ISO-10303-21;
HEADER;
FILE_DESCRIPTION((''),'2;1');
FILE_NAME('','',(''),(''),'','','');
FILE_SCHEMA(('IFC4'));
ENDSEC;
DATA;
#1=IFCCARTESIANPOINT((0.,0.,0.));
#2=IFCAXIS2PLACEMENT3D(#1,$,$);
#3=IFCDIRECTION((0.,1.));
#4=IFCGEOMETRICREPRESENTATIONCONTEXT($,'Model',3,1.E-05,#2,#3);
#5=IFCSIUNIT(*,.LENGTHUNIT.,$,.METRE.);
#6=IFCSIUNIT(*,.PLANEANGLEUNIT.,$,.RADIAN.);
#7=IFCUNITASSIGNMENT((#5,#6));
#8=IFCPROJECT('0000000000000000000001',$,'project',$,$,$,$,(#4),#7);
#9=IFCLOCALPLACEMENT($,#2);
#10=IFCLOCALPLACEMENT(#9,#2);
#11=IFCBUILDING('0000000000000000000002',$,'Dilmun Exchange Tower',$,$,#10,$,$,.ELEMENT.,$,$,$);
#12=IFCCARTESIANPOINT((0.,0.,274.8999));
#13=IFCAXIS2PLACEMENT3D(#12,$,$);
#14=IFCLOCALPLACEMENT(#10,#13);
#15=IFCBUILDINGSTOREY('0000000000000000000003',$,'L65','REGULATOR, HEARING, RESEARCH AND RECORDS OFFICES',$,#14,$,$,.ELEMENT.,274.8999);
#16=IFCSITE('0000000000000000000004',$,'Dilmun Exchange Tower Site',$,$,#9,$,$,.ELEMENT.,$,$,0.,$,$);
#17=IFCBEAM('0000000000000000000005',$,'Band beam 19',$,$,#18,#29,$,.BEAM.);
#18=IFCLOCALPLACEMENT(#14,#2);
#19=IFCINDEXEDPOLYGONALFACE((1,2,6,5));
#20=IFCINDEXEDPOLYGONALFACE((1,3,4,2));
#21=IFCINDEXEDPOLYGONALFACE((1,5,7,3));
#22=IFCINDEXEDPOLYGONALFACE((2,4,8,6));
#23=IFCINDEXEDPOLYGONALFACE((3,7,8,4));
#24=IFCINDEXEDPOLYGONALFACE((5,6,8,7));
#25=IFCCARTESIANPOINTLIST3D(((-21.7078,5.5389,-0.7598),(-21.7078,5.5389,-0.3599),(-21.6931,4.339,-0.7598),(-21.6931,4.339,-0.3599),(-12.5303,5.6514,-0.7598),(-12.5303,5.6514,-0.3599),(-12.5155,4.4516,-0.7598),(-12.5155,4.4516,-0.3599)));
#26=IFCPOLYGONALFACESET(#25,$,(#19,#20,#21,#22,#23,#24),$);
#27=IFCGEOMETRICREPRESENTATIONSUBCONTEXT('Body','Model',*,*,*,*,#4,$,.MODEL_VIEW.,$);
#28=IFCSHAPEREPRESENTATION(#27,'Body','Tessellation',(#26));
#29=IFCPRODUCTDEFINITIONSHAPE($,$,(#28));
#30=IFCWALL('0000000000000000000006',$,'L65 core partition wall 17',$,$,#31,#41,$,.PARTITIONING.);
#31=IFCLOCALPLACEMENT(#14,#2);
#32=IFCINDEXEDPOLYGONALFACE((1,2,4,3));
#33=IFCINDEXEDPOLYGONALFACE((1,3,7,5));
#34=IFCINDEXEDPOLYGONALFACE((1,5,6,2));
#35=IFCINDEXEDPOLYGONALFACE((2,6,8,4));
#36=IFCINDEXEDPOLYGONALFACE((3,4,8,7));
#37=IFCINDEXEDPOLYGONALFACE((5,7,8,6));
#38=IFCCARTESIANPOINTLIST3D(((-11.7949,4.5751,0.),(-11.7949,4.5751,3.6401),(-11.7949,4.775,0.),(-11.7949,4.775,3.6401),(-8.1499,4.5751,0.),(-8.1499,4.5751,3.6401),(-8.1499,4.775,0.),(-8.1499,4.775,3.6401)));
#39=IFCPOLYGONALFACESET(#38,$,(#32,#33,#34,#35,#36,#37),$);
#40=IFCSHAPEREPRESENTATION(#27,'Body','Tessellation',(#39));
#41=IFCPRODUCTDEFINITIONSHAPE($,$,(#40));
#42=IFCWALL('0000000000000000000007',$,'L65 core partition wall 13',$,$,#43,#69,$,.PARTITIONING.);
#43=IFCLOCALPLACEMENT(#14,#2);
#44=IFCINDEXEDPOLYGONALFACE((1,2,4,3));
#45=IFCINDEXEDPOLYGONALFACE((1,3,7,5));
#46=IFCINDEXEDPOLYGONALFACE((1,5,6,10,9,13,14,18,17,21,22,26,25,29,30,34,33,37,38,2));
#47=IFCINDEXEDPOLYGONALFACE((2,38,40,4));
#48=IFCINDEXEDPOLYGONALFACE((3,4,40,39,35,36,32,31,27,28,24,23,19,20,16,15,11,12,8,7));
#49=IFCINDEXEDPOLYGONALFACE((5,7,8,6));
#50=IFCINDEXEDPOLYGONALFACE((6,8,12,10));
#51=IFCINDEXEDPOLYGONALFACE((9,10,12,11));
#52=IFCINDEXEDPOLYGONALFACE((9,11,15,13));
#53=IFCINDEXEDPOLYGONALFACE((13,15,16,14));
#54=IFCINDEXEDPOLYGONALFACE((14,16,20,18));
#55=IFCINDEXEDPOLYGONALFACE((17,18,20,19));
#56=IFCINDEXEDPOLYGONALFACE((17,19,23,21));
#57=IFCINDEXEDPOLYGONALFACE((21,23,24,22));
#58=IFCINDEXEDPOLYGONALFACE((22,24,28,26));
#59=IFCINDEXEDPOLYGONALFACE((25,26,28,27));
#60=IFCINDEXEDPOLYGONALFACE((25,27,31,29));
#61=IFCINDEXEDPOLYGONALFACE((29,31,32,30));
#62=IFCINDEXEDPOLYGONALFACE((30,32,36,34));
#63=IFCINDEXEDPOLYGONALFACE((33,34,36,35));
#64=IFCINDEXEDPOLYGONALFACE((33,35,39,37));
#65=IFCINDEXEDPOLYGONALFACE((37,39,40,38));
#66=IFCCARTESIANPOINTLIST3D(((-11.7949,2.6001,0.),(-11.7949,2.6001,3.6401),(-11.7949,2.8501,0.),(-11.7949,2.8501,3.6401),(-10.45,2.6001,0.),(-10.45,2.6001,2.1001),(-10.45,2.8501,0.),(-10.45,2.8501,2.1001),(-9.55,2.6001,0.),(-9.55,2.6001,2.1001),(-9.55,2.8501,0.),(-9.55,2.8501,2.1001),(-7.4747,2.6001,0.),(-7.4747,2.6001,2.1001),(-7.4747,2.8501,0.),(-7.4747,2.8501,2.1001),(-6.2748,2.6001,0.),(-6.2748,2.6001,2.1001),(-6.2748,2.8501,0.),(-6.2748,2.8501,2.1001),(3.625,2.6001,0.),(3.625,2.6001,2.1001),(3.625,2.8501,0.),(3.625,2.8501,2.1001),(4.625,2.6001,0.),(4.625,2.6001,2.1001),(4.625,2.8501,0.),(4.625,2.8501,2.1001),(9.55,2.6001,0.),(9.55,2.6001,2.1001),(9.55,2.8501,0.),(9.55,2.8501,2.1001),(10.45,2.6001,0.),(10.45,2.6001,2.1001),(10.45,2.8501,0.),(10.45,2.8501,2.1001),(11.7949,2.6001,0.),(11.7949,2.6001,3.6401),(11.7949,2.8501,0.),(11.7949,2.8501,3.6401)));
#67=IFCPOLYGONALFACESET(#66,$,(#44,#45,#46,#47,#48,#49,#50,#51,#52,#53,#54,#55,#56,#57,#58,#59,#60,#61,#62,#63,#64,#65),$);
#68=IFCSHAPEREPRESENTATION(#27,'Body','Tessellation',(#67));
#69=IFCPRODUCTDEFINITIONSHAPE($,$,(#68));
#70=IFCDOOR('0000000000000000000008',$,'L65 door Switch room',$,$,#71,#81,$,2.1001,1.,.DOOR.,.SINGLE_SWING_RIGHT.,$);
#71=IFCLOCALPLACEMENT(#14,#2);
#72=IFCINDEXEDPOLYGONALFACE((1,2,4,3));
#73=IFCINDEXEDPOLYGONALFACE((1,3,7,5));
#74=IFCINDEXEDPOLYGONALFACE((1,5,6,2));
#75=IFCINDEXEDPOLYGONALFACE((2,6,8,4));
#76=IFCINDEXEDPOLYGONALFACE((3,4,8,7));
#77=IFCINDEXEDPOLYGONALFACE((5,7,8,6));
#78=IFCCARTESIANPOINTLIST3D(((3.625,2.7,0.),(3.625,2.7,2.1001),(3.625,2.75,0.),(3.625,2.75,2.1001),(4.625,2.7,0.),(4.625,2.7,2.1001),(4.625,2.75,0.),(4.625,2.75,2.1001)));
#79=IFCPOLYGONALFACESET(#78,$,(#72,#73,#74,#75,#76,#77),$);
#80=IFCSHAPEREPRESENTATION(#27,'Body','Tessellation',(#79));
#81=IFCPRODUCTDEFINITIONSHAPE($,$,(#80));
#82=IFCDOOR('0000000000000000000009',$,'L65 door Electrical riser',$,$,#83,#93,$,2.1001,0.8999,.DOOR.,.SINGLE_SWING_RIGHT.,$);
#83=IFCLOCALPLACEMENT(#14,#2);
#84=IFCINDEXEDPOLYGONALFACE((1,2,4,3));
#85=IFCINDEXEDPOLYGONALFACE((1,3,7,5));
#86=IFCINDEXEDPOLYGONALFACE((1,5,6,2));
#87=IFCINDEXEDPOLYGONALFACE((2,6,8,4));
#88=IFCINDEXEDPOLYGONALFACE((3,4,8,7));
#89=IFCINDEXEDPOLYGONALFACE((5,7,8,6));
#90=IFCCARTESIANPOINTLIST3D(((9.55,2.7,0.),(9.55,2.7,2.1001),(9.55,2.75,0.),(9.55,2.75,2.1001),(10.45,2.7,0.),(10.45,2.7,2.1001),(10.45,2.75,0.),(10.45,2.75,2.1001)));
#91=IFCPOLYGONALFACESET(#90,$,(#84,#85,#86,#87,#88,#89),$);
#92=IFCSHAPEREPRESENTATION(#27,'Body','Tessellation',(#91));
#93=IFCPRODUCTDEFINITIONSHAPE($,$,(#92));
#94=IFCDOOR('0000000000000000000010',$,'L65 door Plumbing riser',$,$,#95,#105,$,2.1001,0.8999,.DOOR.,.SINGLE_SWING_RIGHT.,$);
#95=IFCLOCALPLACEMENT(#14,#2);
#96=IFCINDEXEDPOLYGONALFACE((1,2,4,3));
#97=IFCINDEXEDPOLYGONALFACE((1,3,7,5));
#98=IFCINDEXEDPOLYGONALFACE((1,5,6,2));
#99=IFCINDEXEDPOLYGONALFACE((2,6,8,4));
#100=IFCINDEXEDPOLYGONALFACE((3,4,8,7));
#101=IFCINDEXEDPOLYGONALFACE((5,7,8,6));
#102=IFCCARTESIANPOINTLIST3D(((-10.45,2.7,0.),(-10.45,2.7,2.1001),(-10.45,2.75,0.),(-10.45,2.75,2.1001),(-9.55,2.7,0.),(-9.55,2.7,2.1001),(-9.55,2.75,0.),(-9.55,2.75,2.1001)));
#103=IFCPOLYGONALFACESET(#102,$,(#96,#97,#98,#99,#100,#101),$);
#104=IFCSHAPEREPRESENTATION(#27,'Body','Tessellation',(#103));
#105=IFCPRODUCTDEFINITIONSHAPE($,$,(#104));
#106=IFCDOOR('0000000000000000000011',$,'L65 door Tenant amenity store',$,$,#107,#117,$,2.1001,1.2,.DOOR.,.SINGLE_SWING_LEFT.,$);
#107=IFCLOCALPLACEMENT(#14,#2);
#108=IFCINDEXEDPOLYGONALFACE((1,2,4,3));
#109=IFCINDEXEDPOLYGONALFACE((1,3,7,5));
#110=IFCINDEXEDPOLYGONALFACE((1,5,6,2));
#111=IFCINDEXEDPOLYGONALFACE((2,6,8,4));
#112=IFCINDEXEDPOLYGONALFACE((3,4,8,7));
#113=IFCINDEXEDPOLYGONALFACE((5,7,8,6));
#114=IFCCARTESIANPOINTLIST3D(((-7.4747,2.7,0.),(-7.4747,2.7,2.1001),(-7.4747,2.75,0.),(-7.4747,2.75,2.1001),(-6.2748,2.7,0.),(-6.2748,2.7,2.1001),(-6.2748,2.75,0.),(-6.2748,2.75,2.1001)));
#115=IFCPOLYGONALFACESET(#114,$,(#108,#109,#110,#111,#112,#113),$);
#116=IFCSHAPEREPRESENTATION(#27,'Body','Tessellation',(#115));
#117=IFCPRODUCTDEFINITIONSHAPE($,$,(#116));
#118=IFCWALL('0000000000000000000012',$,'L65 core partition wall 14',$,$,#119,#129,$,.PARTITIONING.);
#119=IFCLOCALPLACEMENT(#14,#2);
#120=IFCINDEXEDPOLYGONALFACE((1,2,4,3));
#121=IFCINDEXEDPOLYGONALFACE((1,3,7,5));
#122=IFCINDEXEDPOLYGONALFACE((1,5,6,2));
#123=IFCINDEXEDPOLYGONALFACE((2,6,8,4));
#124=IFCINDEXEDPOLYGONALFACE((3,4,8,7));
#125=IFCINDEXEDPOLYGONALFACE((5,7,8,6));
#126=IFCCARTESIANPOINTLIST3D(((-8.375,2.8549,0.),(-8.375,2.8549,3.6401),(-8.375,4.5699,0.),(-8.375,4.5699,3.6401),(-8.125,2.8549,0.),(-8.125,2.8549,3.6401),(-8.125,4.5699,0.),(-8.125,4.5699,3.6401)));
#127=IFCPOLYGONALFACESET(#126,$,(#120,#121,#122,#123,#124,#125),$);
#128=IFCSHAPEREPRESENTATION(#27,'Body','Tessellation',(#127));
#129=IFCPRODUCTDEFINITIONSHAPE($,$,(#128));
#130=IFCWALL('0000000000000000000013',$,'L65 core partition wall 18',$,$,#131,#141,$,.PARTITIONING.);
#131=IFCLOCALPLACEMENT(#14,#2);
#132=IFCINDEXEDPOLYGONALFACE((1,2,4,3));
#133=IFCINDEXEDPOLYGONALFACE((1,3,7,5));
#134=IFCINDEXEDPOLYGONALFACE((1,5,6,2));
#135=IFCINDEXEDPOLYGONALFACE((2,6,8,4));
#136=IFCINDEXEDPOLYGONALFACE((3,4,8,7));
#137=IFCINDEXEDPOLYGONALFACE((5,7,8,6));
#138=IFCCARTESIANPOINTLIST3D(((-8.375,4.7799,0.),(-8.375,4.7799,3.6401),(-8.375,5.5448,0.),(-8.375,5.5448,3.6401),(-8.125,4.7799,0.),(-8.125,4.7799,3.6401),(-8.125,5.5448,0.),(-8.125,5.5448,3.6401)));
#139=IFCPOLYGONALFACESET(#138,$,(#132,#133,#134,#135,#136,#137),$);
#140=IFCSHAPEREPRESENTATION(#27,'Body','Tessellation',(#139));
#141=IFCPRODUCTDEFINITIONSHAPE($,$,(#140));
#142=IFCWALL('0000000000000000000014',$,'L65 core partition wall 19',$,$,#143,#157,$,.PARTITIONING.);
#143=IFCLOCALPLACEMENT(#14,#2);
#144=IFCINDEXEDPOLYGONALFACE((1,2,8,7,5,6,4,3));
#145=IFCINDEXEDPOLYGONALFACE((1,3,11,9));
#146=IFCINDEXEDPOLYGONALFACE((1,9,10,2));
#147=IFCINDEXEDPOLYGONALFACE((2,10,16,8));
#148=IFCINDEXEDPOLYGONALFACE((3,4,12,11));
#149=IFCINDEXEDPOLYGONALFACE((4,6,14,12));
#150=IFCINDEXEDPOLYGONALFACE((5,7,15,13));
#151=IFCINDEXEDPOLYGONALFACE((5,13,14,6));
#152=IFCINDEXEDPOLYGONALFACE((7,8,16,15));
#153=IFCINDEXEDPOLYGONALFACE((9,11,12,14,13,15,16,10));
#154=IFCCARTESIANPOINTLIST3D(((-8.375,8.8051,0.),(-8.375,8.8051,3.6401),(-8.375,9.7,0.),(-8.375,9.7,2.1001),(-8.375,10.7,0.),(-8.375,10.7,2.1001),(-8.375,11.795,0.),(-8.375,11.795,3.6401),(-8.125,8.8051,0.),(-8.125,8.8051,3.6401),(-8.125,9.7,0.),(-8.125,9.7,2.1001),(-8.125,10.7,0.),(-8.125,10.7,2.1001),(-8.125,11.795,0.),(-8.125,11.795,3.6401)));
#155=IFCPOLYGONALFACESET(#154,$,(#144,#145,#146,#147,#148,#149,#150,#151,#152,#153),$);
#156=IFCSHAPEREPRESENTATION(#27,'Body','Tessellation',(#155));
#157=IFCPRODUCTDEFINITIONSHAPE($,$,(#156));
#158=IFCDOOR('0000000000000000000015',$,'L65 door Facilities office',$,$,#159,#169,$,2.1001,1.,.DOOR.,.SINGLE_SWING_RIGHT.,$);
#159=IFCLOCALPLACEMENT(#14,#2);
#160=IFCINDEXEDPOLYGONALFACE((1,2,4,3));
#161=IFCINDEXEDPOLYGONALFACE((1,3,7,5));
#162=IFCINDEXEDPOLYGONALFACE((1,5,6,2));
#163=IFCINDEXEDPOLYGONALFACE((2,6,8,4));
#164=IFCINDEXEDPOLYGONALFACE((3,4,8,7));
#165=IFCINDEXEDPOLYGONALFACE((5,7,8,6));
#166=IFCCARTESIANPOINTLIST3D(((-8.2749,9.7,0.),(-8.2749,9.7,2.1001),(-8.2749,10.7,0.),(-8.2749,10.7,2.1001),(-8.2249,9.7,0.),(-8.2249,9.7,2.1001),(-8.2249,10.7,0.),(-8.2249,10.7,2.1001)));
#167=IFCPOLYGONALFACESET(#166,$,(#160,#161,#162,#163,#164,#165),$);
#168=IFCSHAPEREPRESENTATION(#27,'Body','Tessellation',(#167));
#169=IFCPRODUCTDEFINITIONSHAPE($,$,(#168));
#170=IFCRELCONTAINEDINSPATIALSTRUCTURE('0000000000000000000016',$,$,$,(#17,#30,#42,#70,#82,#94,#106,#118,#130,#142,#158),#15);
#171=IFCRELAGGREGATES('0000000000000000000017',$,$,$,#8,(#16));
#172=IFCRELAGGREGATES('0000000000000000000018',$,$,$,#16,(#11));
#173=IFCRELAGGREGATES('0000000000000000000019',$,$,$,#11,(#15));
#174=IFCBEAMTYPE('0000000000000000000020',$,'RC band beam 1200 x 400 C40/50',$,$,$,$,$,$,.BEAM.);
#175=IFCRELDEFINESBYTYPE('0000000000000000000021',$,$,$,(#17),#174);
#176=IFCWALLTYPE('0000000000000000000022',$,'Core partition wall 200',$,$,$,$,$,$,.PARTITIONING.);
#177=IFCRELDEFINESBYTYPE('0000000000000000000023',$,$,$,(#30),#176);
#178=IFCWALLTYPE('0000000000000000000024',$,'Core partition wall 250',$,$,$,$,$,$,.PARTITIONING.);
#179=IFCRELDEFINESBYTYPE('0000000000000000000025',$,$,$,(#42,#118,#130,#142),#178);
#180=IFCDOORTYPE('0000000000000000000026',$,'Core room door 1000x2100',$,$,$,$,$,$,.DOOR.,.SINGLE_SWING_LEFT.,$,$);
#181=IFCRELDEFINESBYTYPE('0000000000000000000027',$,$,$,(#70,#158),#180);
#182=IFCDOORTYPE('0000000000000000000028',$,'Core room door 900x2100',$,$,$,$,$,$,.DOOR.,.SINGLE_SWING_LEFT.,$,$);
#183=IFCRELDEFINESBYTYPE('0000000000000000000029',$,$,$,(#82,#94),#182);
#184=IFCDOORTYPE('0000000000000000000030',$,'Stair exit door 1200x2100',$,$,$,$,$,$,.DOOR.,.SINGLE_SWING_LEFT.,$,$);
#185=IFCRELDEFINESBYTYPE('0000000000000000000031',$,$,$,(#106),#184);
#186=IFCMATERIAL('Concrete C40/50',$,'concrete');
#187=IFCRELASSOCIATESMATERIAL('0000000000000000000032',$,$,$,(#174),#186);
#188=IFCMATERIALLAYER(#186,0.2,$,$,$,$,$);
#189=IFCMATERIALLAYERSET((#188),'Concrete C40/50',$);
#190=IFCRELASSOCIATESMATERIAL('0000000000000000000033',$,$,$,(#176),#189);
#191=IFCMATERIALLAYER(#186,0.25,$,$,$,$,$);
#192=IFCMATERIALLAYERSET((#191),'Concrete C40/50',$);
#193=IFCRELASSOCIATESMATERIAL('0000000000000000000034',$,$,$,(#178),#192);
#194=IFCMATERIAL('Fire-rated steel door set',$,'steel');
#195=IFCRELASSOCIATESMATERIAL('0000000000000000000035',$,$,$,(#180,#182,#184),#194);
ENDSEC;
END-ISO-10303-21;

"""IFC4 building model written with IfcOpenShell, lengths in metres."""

from ifc_helpers import new_model, si_unit, direction, frame, frame_2d, origin, origin_2d, place, context, subcontext, project, spatial, rectangle, extrude, material, layer, layer_set, material_profile, profile_set, type_object, element, fill, save


model = new_model("IFC4")

# Units and contexts
model_context = context("Model", 3, precision=1e-05, world=origin(), true_north=direction((0.0, 1.0)))
body_context = subcontext(model_context, "Body", "Model", "MODEL_VIEW")
ifc_project = project(units=[si_unit("LENGTHUNIT", "METRE"), si_unit("PLANEANGLEUNIT", "RADIAN")], contexts=[model_context])

# Site, building, storey
site_placement = place(None, origin())
site = spatial("IfcSite", under=ifc_project, at=site_placement, Name="Dilmun Exchange Tower Site", CompositionType="ELEMENT", RefElevation=0.0)
building_placement = place(site_placement, origin())
building = spatial("IfcBuilding", under=site, at=building_placement, Name="Dilmun Exchange Tower", CompositionType="ELEMENT")
storey_placement = place(building_placement, frame((0.0, 0.0, 274.8999)))
storey = spatial("IfcBuildingStorey", under=building, at=storey_placement, Name="L65", Description="REGULATOR, HEARING, RESEARCH AND RECORDS OFFICES", CompositionType="ELEMENT", Elevation=274.8999)

# Beam
ifc_material_1 = material(Name="Concrete C40/50", Category="concrete")
ifc_material_profile = material_profile(ifc_material_1, rectangle(XDim=1.2, YDim=0.3999, at=origin_2d()), Name="1200 x 400")
ifc_profile_set = profile_set([ifc_material_profile], Name="Concrete C40/50")
beam_type = type_object("IfcBeamType", Name="RC band beam 1200 x 400 C40/50", PredefinedType="BEAM", material=ifc_profile_set)
beam_placement = place(storey_placement, frame((-21.7004, 4.939, -0.5598), z_axis=(0.999925, 0.012263, 0.0), x_axis=(-0.012263, 0.999925, 0.0)))
element("IfcBeam", 1, at=beam_placement, inside=storey, type_object=beam_type, Name="Band beam 19", PredefinedType="BEAM", context=body_context, shape_type="SweptSolid", body=[
    extrude(rectangle(XDim=1.2, YDim=0.3999, at=origin_2d()), origin(), (0.0, 0.0, 1.0), 9.1782),
])

# Wall
ifc_layer_1 = layer(ifc_material_1, 0.2)
ifc_layer_set_1 = layer_set([ifc_layer_1], Name="Concrete C40/50")
wall_type_1 = type_object("IfcWallType", Name="Core partition wall 200", PredefinedType="PARTITIONING", material=ifc_layer_set_1)
wall_1_placement = place(storey_placement, frame((-11.7949, 4.675, 0.0), z_axis=(0.0, 0.0, 1.0), x_axis=(1.0, 0.0, 0.0)))
element("IfcWall", 2, at=wall_1_placement, inside=storey, type_object=wall_type_1, Name="L65 core partition wall 17", PredefinedType="PARTITIONING", context=body_context, shape_type="SweptSolid", body=[
    extrude(rectangle(XDim=3.645, YDim=0.2, at=frame_2d((1.8225, 0.0))), origin(), (0.0, 0.0, 1.0), 3.6401),
])

# Wall, openings, doors
ifc_layer_2 = layer(ifc_material_1, 0.25)
ifc_layer_set_2 = layer_set([ifc_layer_2], Name="Concrete C40/50")
wall_type_2 = type_object("IfcWallType", Name="Core partition wall 250", PredefinedType="PARTITIONING", material=ifc_layer_set_2)
wall_2_placement = place(storey_placement, frame((-11.7949, 2.7251, 0.0), z_axis=(0.0, 0.0, 1.0), x_axis=(1.0, 0.0, 0.0)))
wall_2 = element("IfcWall", 3, at=wall_2_placement, inside=storey, type_object=wall_type_2, Name="L65 core partition wall 13", PredefinedType="PARTITIONING", context=body_context, shape_type="SweptSolid", body=[
    extrude(rectangle(XDim=23.5898, YDim=0.25, at=frame_2d((11.7949, 0.0))), origin(), (0.0, 0.0, 1.0), 3.6401),
])
opening_1_placement = place(wall_2_placement, frame((21.345, 0.0, 0.0)))
opening_1 = element("IfcOpeningElement", 4, at=opening_1_placement, cuts=wall_2, PredefinedType="OPENING", context=body_context, shape_type="SweptSolid", body=[
    extrude(rectangle(XDim=0.8999, YDim=2.1001, at=frame_2d((0.45, 1.05))), frame((0.0, 0.135, 0.0), z_axis=(0.0, -1.0, 0.0), x_axis=(1.0, 0.0, 0.0)), (0.0, 0.0, 1.0), 0.27),
])
opening_2_placement = place(wall_2_placement, frame((1.345, 0.0, 0.0)))
opening_2 = element("IfcOpeningElement", 5, at=opening_2_placement, cuts=wall_2, PredefinedType="OPENING", context=body_context, shape_type="SweptSolid", body=[
    extrude(rectangle(XDim=0.8999, YDim=2.1001, at=frame_2d((0.45, 1.05))), frame((0.0, 0.135, 0.0), z_axis=(0.0, -1.0, 0.0), x_axis=(1.0, 0.0, 0.0)), (0.0, 0.0, 1.0), 0.27),
])
opening_3_placement = place(wall_2_placement, frame((4.3201, 0.0, 0.0)))
opening_3 = element("IfcOpeningElement", 6, at=opening_3_placement, cuts=wall_2, PredefinedType="OPENING", context=body_context, shape_type="SweptSolid", body=[
    extrude(rectangle(XDim=1.2, YDim=2.1001, at=frame_2d((0.6001, 1.05))), frame((0.0, 0.135, 0.0), z_axis=(0.0, -1.0, 0.0), x_axis=(1.0, 0.0, 0.0)), (0.0, 0.0, 1.0), 0.27),
])
opening_4_placement = place(wall_2_placement, frame((15.4199, 0.0, 0.0)))
opening_4 = element("IfcOpeningElement", 7, at=opening_4_placement, cuts=wall_2, PredefinedType="OPENING", context=body_context, shape_type="SweptSolid", body=[
    extrude(rectangle(XDim=1.0, YDim=2.1001, at=frame_2d((0.5, 1.05))), frame((0.0, 0.135, 0.0), z_axis=(0.0, -1.0, 0.0), x_axis=(1.0, 0.0, 0.0)), (0.0, 0.0, 1.0), 0.27),
])
ifc_material_2 = material(Name="Fire-rated steel door set", Category="steel")
door_type_1 = type_object("IfcDoorType", Name="Core room door 1000x2100", OperationType="SINGLE_SWING_LEFT", PredefinedType="DOOR", material=ifc_material_2)
door_1_placement = place(opening_4_placement, origin())
door_1 = element("IfcDoor", 8, at=door_1_placement, inside=storey, type_object=door_type_1, Name="L65 door Switch room", OperationType="SINGLE_SWING_RIGHT", OverallHeight=2.1001, OverallWidth=1.0, PredefinedType="DOOR", context=body_context, shape_type="SweptSolid", body=[
    extrude(rectangle(XDim=1.0, YDim=2.1001, at=frame_2d((0.5, 1.05))), frame((0.0, 0.0249, 0.0), z_axis=(0.0, -1.0, 0.0), x_axis=(1.0, 0.0, 0.0)), (0.0, 0.0, 1.0), 0.05),
])
fill(opening_4, door_1)
door_type_2 = type_object("IfcDoorType", Name="Core room door 900x2100", OperationType="SINGLE_SWING_LEFT", PredefinedType="DOOR", material=ifc_material_2)
door_2_placement = place(opening_1_placement, origin())
door_2 = element("IfcDoor", 9, at=door_2_placement, inside=storey, type_object=door_type_2, Name="L65 door Electrical riser", OperationType="SINGLE_SWING_RIGHT", OverallHeight=2.1001, OverallWidth=0.8999, PredefinedType="DOOR", context=body_context, shape_type="SweptSolid", body=[
    extrude(rectangle(XDim=0.8999, YDim=2.1001, at=frame_2d((0.45, 1.05))), frame((0.0, 0.0249, 0.0), z_axis=(0.0, -1.0, 0.0), x_axis=(1.0, 0.0, 0.0)), (0.0, 0.0, 1.0), 0.05),
])
fill(opening_1, door_2)
door_3_placement = place(opening_2_placement, origin())
door_3 = element("IfcDoor", 10, at=door_3_placement, inside=storey, type_object=door_type_2, Name="L65 door Plumbing riser", OperationType="SINGLE_SWING_RIGHT", OverallHeight=2.1001, OverallWidth=0.8999, PredefinedType="DOOR", context=body_context, shape_type="SweptSolid", body=[
    extrude(rectangle(XDim=0.8999, YDim=2.1001, at=frame_2d((0.45, 1.05))), frame((0.0, 0.0249, 0.0), z_axis=(0.0, -1.0, 0.0), x_axis=(1.0, 0.0, 0.0)), (0.0, 0.0, 1.0), 0.05),
])
fill(opening_2, door_3)
door_type_3 = type_object("IfcDoorType", Name="Stair exit door 1200x2100", OperationType="SINGLE_SWING_LEFT", PredefinedType="DOOR", material=ifc_material_2)
door_4_placement = place(opening_3_placement, origin())
door_4 = element("IfcDoor", 11, at=door_4_placement, inside=storey, type_object=door_type_3, Name="L65 door Tenant amenity store", OperationType="SINGLE_SWING_LEFT", OverallHeight=2.1001, OverallWidth=1.2, PredefinedType="DOOR", context=body_context, shape_type="SweptSolid", body=[
    extrude(rectangle(XDim=1.2, YDim=2.1001, at=frame_2d((0.6001, 1.05))), frame((0.0, 0.0249, 0.0), z_axis=(0.0, -1.0, 0.0), x_axis=(1.0, 0.0, 0.0)), (0.0, 0.0, 1.0), 0.05),
])
fill(opening_3, door_4)

# Walls
wall_3_placement = place(storey_placement, frame((-8.25, 2.855, 0.0), z_axis=(0.0, 0.0, 1.0), x_axis=(0.0, 1.0, 0.0)))
element("IfcWall", 12, at=wall_3_placement, inside=storey, type_object=wall_type_2, Name="L65 core partition wall 14", PredefinedType="PARTITIONING", context=body_context, shape_type="SweptSolid", body=[
    extrude(rectangle(XDim=1.7151, YDim=0.25, at=frame_2d((0.8574, 0.0))), origin(), (0.0, 0.0, 1.0), 3.6401),
])
wall_4_placement = place(storey_placement, frame((-8.25, 4.78, 0.0), z_axis=(0.0, 0.0, 1.0), x_axis=(0.0, 1.0, 0.0)))
element("IfcWall", 13, at=wall_4_placement, inside=storey, type_object=wall_type_2, Name="L65 core partition wall 18", PredefinedType="PARTITIONING", context=body_context, shape_type="SweptSolid", body=[
    extrude(rectangle(XDim=0.7649, YDim=0.25, at=frame_2d((0.3823, 0.0))), origin(), (0.0, 0.0, 1.0), 3.6401),
])

# Wall, opening, door
wall_5_placement = place(storey_placement, frame((-8.25, 8.8049, 0.0), z_axis=(0.0, 0.0, 1.0), x_axis=(0.0, 1.0, 0.0)))
wall_5 = element("IfcWall", 14, at=wall_5_placement, inside=storey, type_object=wall_type_2, Name="L65 core partition wall 19", PredefinedType="PARTITIONING", context=body_context, shape_type="SweptSolid", body=[
    extrude(rectangle(XDim=2.99, YDim=0.25, at=frame_2d((1.4951, 0.0))), origin(), (0.0, 0.0, 1.0), 3.6401),
])
opening_5_placement = place(wall_5_placement, frame((0.895, 0.0, 0.0)))
opening_5 = element("IfcOpeningElement", 15, at=opening_5_placement, cuts=wall_5, PredefinedType="OPENING", context=body_context, shape_type="SweptSolid", body=[
    extrude(rectangle(XDim=1.0, YDim=2.1001, at=frame_2d((0.5, 1.05))), frame((0.0, 0.135, 0.0), z_axis=(0.0, -1.0, 0.0), x_axis=(1.0, 0.0, 0.0)), (0.0, 0.0, 1.0), 0.27),
])
door_5_placement = place(opening_5_placement, origin())
door_5 = element("IfcDoor", 16, at=door_5_placement, inside=storey, type_object=door_type_1, Name="L65 door Facilities office", OperationType="SINGLE_SWING_RIGHT", OverallHeight=2.1001, OverallWidth=1.0, PredefinedType="DOOR", context=body_context, shape_type="SweptSolid", body=[
    extrude(rectangle(XDim=1.0, YDim=2.1001, at=frame_2d((0.5, 1.05))), frame((0.0, 0.0249, 0.0), z_axis=(0.0, -1.0, 0.0), x_axis=(1.0, 0.0, 0.0)), (0.0, 0.0, 1.0), 0.05),
])
fill(opening_5, door_5)

save(model, "model.ifc")
